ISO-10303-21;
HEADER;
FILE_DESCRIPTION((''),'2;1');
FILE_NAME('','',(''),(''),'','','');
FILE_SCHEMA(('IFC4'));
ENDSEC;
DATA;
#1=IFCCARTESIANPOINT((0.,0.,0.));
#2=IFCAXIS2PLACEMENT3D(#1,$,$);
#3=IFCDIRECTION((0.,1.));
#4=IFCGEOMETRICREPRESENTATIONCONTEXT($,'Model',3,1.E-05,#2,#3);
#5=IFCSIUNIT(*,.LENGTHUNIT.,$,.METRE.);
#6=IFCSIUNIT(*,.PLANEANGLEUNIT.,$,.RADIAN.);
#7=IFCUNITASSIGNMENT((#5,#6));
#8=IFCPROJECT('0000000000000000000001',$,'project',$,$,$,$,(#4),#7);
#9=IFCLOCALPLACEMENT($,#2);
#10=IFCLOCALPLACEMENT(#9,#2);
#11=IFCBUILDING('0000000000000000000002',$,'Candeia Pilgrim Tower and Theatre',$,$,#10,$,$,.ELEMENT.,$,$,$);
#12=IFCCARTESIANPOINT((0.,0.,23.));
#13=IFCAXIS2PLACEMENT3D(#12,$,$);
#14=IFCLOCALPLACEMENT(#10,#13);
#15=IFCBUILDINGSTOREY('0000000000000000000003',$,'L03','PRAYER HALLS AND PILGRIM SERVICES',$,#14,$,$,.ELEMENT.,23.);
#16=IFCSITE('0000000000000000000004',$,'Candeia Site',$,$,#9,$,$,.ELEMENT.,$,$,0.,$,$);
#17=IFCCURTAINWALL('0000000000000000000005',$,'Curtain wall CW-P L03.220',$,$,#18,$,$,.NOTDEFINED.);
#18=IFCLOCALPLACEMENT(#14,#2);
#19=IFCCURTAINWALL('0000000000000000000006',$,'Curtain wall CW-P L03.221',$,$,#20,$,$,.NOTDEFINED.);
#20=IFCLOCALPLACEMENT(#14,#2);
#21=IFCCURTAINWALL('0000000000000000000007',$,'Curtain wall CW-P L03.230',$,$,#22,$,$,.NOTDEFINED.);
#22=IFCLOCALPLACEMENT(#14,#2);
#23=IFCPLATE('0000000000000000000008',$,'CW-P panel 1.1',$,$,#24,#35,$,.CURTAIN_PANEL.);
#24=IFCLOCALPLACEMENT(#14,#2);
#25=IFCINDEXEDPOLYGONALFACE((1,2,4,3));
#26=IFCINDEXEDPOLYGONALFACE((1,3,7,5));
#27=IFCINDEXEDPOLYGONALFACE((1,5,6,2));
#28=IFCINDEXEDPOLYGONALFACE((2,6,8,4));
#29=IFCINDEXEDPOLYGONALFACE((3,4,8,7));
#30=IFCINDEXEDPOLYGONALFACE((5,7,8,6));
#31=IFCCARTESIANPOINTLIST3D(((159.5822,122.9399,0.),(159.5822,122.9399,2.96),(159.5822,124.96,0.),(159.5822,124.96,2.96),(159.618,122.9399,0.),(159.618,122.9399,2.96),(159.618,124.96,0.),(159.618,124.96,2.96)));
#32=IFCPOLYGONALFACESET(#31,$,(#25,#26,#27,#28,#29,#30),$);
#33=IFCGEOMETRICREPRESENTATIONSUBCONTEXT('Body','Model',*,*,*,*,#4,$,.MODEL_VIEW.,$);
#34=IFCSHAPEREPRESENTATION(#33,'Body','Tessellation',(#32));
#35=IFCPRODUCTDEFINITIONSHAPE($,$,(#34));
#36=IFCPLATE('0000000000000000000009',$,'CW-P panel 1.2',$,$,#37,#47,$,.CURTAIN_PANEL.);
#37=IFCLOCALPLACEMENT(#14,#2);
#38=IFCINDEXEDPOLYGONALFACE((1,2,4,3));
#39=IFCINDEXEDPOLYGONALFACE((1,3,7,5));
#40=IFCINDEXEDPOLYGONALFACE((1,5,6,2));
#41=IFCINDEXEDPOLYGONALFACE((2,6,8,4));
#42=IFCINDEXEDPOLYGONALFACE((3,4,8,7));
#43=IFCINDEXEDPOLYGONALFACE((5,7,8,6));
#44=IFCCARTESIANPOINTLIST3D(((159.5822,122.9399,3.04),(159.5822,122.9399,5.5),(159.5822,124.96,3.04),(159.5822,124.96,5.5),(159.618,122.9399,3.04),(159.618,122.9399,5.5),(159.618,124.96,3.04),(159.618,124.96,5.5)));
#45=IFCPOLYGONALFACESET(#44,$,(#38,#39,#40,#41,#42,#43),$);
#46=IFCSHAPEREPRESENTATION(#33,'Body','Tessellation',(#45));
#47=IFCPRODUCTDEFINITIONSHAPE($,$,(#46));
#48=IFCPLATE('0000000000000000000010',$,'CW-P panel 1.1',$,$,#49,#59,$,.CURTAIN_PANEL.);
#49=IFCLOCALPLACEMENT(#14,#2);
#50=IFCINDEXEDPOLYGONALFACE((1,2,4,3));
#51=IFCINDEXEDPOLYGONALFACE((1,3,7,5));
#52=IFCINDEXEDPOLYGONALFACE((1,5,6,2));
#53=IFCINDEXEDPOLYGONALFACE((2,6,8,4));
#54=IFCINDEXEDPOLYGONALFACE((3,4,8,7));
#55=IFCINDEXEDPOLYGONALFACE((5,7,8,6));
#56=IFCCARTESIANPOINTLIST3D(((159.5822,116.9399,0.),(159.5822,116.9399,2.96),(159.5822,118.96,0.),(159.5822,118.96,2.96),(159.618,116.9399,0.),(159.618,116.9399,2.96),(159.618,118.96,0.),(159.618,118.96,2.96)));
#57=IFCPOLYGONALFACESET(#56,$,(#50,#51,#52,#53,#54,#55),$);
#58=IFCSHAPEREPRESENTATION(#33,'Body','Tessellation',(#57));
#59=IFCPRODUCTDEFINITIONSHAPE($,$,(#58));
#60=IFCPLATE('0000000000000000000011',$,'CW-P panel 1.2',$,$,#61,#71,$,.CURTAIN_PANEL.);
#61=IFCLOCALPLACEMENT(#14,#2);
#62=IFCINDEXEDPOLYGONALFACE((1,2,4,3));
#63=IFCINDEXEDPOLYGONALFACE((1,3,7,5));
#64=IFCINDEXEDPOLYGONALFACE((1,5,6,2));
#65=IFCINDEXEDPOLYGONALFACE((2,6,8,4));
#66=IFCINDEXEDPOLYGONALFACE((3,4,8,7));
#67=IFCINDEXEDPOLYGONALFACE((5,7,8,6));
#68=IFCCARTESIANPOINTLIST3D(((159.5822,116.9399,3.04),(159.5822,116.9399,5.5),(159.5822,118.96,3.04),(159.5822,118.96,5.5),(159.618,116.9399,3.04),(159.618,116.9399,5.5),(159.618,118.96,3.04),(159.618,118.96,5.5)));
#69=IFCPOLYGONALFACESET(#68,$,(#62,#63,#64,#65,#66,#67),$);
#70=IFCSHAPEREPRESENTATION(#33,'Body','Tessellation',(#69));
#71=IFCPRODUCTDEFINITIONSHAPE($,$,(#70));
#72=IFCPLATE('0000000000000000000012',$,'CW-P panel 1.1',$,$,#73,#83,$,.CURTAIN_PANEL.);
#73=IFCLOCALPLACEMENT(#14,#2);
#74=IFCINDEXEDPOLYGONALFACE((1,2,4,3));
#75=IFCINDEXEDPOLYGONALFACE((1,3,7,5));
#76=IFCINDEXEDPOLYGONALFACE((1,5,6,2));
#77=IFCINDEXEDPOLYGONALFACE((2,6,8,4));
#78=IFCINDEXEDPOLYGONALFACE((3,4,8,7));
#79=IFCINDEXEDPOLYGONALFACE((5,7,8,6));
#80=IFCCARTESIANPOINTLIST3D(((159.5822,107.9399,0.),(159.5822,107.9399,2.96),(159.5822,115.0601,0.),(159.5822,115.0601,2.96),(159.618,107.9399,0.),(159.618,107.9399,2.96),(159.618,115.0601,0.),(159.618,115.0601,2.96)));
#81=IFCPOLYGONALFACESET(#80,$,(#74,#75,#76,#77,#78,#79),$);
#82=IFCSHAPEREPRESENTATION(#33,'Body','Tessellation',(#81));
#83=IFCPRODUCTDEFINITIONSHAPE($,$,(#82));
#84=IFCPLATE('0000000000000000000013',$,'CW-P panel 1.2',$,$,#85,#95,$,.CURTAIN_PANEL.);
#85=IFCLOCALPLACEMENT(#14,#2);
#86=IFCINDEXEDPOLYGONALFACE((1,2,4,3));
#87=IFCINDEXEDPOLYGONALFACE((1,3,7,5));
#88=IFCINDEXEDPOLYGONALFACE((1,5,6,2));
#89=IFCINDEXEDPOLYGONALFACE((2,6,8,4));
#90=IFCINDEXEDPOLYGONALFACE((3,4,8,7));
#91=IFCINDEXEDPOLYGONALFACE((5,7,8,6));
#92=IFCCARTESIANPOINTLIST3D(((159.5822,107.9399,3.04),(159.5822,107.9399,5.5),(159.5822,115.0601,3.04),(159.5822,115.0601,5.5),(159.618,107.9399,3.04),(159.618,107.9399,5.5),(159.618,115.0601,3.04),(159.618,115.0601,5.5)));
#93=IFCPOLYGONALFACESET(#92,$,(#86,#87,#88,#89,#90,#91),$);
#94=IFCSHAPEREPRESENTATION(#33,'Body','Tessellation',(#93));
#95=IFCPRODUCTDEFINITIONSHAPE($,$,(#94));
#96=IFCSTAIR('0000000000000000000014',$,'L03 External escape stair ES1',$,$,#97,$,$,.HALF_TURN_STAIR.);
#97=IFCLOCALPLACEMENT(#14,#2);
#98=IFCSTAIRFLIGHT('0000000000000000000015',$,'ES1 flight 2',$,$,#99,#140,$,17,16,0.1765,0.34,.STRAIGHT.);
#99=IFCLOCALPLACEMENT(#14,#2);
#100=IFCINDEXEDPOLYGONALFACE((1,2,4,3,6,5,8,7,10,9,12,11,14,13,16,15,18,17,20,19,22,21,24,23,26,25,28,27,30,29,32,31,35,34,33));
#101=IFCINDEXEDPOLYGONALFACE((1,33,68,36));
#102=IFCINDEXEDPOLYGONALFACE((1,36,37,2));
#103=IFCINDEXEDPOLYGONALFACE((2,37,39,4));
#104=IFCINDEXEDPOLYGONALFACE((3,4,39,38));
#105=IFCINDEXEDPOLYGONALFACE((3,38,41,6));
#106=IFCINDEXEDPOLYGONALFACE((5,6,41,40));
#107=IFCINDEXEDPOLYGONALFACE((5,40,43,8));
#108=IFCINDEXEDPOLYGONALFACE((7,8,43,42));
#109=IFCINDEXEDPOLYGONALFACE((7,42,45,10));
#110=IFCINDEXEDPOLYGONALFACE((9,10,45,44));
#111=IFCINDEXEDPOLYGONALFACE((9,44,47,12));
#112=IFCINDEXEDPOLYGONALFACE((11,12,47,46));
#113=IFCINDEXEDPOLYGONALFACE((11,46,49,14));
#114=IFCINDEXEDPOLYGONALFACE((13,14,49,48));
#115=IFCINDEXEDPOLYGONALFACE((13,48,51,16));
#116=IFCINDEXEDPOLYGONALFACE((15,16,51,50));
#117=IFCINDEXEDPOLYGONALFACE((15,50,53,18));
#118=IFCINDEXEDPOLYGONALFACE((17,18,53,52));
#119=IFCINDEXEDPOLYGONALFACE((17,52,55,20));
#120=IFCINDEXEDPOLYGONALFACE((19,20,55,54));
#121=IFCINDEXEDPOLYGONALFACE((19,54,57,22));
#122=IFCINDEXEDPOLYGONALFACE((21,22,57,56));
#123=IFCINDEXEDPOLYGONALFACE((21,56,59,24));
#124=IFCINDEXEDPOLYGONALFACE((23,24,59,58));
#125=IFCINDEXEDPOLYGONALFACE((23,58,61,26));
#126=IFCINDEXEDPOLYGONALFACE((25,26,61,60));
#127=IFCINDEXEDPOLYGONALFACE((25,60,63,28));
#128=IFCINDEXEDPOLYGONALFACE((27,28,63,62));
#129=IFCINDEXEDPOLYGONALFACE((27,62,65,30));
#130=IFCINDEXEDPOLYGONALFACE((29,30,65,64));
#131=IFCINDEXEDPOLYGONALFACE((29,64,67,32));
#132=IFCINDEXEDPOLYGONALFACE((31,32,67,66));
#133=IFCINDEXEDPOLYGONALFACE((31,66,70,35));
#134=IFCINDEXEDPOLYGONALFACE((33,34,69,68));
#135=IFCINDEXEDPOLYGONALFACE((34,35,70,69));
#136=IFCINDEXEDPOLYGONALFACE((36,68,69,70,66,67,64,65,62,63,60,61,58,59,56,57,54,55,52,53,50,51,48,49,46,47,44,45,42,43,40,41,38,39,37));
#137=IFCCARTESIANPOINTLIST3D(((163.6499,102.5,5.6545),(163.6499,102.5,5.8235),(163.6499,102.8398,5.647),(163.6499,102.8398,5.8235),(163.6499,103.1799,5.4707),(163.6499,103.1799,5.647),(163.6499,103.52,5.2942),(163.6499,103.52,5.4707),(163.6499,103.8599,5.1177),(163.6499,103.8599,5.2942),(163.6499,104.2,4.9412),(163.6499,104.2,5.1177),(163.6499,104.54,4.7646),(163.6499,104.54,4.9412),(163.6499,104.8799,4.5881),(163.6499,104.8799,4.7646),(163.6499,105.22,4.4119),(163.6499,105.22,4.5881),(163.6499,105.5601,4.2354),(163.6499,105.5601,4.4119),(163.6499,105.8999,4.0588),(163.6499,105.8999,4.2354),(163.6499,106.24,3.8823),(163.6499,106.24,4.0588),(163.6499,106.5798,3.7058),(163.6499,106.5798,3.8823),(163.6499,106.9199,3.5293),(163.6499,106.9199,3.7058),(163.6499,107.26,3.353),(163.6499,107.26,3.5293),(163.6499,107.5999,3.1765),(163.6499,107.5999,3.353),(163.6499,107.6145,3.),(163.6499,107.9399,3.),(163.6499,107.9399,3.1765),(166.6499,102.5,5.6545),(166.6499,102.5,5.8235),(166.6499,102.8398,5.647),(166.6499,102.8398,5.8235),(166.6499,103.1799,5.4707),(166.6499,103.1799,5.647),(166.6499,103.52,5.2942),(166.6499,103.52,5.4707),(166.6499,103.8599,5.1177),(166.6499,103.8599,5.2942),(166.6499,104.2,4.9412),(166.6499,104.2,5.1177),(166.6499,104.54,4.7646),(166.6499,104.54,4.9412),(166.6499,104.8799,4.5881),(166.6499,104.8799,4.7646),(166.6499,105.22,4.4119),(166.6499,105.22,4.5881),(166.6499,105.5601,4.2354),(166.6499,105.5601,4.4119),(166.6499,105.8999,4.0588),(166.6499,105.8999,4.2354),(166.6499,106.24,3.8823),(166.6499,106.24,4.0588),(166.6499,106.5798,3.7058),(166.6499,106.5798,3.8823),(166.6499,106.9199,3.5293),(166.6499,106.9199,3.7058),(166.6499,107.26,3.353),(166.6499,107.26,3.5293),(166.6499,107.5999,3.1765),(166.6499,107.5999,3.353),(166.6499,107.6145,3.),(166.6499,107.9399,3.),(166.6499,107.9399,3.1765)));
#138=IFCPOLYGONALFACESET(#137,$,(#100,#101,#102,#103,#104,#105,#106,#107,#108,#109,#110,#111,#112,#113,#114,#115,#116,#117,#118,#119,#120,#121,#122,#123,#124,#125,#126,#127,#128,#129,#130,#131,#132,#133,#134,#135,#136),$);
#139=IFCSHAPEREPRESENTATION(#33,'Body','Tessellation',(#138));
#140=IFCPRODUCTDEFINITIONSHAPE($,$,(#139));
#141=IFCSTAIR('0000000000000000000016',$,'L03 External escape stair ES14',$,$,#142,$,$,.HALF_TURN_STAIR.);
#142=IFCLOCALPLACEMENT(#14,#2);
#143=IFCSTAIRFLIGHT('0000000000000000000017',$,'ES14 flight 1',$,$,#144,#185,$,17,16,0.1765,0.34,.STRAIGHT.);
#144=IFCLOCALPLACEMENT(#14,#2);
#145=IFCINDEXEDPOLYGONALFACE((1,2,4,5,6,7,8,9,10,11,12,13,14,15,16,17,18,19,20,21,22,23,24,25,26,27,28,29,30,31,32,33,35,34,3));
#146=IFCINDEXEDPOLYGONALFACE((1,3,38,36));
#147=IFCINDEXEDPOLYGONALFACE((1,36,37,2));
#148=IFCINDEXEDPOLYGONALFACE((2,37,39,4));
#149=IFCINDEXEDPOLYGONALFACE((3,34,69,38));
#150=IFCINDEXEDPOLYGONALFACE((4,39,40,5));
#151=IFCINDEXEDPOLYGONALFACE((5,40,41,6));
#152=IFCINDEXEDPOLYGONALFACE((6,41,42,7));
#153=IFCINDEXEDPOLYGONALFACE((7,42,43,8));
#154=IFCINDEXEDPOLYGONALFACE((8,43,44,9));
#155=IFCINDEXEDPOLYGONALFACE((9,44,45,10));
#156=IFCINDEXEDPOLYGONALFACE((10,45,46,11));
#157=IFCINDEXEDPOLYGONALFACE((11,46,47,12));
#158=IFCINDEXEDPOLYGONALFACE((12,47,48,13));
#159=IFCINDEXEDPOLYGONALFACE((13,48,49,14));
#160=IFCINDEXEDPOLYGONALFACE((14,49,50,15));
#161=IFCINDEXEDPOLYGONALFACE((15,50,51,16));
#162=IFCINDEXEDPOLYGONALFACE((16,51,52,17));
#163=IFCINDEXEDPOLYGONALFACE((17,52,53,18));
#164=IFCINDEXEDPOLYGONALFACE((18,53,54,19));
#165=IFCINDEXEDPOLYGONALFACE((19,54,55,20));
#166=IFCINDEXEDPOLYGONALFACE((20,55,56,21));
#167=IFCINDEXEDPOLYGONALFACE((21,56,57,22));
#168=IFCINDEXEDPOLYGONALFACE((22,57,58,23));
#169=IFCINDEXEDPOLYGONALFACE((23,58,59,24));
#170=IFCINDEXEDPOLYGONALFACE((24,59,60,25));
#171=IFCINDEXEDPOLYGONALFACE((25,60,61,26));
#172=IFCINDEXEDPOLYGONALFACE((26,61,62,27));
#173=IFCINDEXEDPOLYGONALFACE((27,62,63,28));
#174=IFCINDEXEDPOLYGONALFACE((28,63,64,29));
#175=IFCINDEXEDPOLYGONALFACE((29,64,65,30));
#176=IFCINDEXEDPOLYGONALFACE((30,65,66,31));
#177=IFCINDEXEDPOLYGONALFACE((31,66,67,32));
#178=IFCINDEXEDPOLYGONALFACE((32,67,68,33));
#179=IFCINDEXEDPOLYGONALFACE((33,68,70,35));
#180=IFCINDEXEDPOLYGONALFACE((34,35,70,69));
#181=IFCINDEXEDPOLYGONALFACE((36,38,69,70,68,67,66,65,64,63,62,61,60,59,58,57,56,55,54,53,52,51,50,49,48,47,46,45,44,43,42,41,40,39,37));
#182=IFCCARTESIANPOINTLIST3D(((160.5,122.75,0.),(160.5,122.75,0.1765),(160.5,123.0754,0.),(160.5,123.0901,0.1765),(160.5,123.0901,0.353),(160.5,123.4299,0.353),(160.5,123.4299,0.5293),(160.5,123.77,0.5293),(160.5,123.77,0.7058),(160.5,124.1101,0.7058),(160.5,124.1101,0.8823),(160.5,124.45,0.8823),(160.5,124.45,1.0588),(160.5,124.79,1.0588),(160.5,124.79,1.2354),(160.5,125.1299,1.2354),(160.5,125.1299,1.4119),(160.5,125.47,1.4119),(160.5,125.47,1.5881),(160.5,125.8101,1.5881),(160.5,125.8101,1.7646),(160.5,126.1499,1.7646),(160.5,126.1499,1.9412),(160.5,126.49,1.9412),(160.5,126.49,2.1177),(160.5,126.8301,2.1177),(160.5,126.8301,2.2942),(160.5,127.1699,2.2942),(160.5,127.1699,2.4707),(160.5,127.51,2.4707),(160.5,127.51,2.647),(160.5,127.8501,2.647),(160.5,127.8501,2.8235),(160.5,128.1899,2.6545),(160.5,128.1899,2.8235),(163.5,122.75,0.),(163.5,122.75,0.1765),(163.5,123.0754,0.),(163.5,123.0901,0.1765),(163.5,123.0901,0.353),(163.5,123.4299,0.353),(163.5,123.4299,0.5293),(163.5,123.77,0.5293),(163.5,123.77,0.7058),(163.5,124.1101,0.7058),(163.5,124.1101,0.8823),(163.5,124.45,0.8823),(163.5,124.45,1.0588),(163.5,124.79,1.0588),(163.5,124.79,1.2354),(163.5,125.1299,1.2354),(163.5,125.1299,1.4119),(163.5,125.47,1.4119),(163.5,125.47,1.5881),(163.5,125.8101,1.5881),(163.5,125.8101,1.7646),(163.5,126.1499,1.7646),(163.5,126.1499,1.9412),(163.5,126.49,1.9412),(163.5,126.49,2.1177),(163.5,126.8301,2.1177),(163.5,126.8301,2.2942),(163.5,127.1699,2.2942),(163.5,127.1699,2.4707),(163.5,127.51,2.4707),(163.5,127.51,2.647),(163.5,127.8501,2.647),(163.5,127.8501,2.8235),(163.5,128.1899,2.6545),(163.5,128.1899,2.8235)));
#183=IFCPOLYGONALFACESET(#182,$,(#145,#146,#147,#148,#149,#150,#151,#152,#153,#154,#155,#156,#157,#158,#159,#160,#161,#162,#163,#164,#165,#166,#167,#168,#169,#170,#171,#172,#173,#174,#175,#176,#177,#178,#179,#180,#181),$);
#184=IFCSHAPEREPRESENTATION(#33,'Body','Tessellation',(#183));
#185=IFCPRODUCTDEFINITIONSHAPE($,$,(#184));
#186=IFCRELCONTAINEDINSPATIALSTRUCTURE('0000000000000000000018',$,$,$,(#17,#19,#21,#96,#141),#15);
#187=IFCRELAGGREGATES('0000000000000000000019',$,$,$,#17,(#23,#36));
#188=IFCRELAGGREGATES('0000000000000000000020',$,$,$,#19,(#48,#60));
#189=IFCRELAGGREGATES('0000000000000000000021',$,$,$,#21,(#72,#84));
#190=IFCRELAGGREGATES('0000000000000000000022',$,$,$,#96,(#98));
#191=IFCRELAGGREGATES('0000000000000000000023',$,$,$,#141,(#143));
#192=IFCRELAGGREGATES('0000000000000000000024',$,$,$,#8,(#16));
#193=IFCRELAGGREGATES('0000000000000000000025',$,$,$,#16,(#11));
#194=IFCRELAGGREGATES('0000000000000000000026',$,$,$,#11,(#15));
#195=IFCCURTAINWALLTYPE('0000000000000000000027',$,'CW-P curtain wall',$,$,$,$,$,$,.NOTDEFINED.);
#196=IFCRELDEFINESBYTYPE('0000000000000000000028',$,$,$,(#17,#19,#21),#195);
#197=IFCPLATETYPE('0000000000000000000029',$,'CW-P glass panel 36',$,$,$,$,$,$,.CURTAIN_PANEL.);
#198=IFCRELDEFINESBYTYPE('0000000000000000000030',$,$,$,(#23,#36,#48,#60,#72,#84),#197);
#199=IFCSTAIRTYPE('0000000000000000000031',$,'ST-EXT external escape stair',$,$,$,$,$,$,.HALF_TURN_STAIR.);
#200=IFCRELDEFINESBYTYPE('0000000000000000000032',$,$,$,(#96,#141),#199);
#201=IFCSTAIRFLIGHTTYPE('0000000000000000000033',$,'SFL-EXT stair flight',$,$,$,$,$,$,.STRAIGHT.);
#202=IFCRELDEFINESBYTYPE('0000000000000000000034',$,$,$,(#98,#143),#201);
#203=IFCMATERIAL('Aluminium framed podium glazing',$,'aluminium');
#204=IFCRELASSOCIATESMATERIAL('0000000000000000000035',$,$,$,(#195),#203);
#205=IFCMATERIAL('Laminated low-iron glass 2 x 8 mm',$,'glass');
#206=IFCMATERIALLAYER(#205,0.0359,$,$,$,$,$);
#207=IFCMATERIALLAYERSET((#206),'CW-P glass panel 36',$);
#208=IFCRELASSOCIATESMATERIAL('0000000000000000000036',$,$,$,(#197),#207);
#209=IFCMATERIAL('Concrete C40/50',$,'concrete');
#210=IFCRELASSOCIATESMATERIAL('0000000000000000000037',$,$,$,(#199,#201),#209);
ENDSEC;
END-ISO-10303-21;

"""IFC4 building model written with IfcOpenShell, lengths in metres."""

from ifc_helpers import new_model, si_unit, direction, frame, origin, origin_2d, place, context, subcontext, project, spatial, polyline, rectangle, outline, extrude, material, layer, layer_set, type_object, element, aggregate, save


model = new_model("IFC4")

# Units and contexts
model_context = context("Model", 3, precision=1e-05, world=origin(), true_north=direction((0.0, 1.0)))
body_context = subcontext(model_context, "Body", "Model", "MODEL_VIEW")
ifc_project = project(units=[si_unit("LENGTHUNIT", "METRE"), si_unit("PLANEANGLEUNIT", "RADIAN")], contexts=[model_context])

# Site, building, storey
site_placement = place(None, origin())
site = spatial("IfcSite", under=ifc_project, at=site_placement, Name="Candeia Site", CompositionType="ELEMENT", RefElevation=0.0)
building_placement = place(site_placement, origin())
building = spatial("IfcBuilding", under=site, at=building_placement, Name="Candeia Pilgrim Tower and Theatre", CompositionType="ELEMENT")
storey_placement = place(building_placement, frame((0.0, 0.0, 23.0)))
storey = spatial("IfcBuildingStorey", under=building, at=storey_placement, Name="L03", Description="PRAYER HALLS AND PILGRIM SERVICES", CompositionType="ELEMENT", Elevation=23.0)

# Shared definitions
ifc_material_1 = material(Name="Concrete C40/50", Category="concrete")

# Shared definitions
ifc_material_2 = material(Name="Aluminium framed podium glazing", Category="aluminium")
curtain_wall_type = type_object("IfcCurtainWallType", Name="CW-P curtain wall", PredefinedType="NOTDEFINED", material=ifc_material_2)

# Curtain walls
curtain_wall_1_placement = place(storey_placement, origin())
curtain_wall_1 = element("IfcCurtainWall", 1, at=curtain_wall_1_placement, inside=storey, type_object=curtain_wall_type, Name="Curtain wall CW-P L03.220", PredefinedType="NOTDEFINED")
curtain_wall_2_placement = place(storey_placement, origin())
curtain_wall_2 = element("IfcCurtainWall", 2, at=curtain_wall_2_placement, inside=storey, type_object=curtain_wall_type, Name="Curtain wall CW-P L03.221", PredefinedType="NOTDEFINED")
curtain_wall_3_placement = place(storey_placement, origin())
curtain_wall_3 = element("IfcCurtainWall", 3, at=curtain_wall_3_placement, inside=storey, type_object=curtain_wall_type, Name="Curtain wall CW-P L03.230", PredefinedType="NOTDEFINED")

# Plates
ifc_material_3 = material(Name="Laminated low-iron glass 2 x 8 mm", Category="glass")
ifc_layer_1 = layer(ifc_material_3, 0.0359)
ifc_layer_set_1 = layer_set([ifc_layer_1], Name="CW-P glass panel 36")
plate_type = type_object("IfcPlateType", Name="CW-P glass panel 36", PredefinedType="CURTAIN_PANEL", material=ifc_layer_set_1)
plate_1_placement = place(storey_placement, frame((159.6001, 123.95, 0.0), z_axis=(0.0, 0.0, 1.0), x_axis=(0.0, -1.0, 0.0)))
plate_1 = element("IfcPlate", 4, at=plate_1_placement, type_object=plate_type, Name="CW-P panel 1.1", PredefinedType="CURTAIN_PANEL", context=body_context, shape_type="SweptSolid", body=[
    extrude(rectangle(XDim=2.02, YDim=0.0359, at=origin_2d()), origin(), (0.0, 0.0, 1.0), 2.96),
])
plate_2_placement = place(storey_placement, frame((159.6001, 123.95, 3.04), z_axis=(0.0, 0.0, 1.0), x_axis=(0.0, -1.0, 0.0)))
plate_2 = element("IfcPlate", 5, at=plate_2_placement, type_object=plate_type, Name="CW-P panel 1.2", PredefinedType="CURTAIN_PANEL", context=body_context, shape_type="SweptSolid", body=[
    extrude(rectangle(XDim=2.02, YDim=0.0359, at=origin_2d()), origin(), (0.0, 0.0, 1.0), 2.46),
])
aggregate(curtain_wall_1, [plate_1, plate_2])
plate_3_placement = place(storey_placement, frame((159.6001, 117.95, 0.0), z_axis=(0.0, 0.0, 1.0), x_axis=(0.0, -1.0, 0.0)))
plate_3 = element("IfcPlate", 6, at=plate_3_placement, type_object=plate_type, Name="CW-P panel 1.1", PredefinedType="CURTAIN_PANEL", context=body_context, shape_type="SweptSolid", body=[
    extrude(rectangle(XDim=2.02, YDim=0.0359, at=origin_2d()), origin(), (0.0, 0.0, 1.0), 2.96),
])
plate_4_placement = place(storey_placement, frame((159.6001, 117.95, 3.04), z_axis=(0.0, 0.0, 1.0), x_axis=(0.0, -1.0, 0.0)))
plate_4 = element("IfcPlate", 7, at=plate_4_placement, type_object=plate_type, Name="CW-P panel 1.2", PredefinedType="CURTAIN_PANEL", context=body_context, shape_type="SweptSolid", body=[
    extrude(rectangle(XDim=2.02, YDim=0.0359, at=origin_2d()), origin(), (0.0, 0.0, 1.0), 2.46),
])
aggregate(curtain_wall_2, [plate_3, plate_4])
plate_5_placement = place(storey_placement, frame((159.6001, 111.5, 0.0), z_axis=(0.0, 0.0, 1.0), x_axis=(0.0, -1.0, 0.0)))
plate_5 = element("IfcPlate", 8, at=plate_5_placement, type_object=plate_type, Name="CW-P panel 1.1", PredefinedType="CURTAIN_PANEL", context=body_context, shape_type="SweptSolid", body=[
    extrude(rectangle(XDim=7.1201, YDim=0.0359, at=origin_2d()), origin(), (0.0, 0.0, 1.0), 2.96),
])
plate_6_placement = place(storey_placement, frame((159.6001, 111.5, 3.04), z_axis=(0.0, 0.0, 1.0), x_axis=(0.0, -1.0, 0.0)))
plate_6 = element("IfcPlate", 9, at=plate_6_placement, type_object=plate_type, Name="CW-P panel 1.2", PredefinedType="CURTAIN_PANEL", context=body_context, shape_type="SweptSolid", body=[
    extrude(rectangle(XDim=7.1201, YDim=0.0359, at=origin_2d()), origin(), (0.0, 0.0, 1.0), 2.46),
])
aggregate(curtain_wall_3, [plate_5, plate_6])

# Stairs, stair flights
stair_type = type_object("IfcStairType", Name="ST-EXT external escape stair", PredefinedType="HALF_TURN_STAIR", material=ifc_material_1)
stair_1_placement = place(storey_placement, origin())
stair_1 = element("IfcStair", 10, at=stair_1_placement, inside=storey, type_object=stair_type, Name="L03 External escape stair ES1", PredefinedType="HALF_TURN_STAIR")
stair_flight_type = type_object("IfcStairFlightType", Name="SFL-EXT stair flight", PredefinedType="STRAIGHT", material=ifc_material_1)
stair_flight_1_placement = place(storey_placement, frame((165.1499, 107.9399, 3.0), z_axis=(0.0, 0.0, 1.0), x_axis=(0.0, -1.0, 0.0)))
stair_flight_1 = element("IfcStairFlight", 11, at=stair_flight_1_placement, type_object=stair_flight_type, Name="ES1 flight 2", NumberOfRisers=17, NumberOfTreads=16, PredefinedType="STRAIGHT", RiserHeight=0.1765, TreadLength=0.34, context=body_context, shape_type="SweptSolid", body=[
    extrude(outline(polyline([(0.0, 0.0), (0.0, 0.1765), (0.3401, 0.1765), (0.3401, 0.353), (0.6799, 0.353), (0.6799, 0.5293), (1.02, 0.5293), (1.02, 0.7058), (1.3601, 0.7058), (1.3601, 0.8823), (1.7, 0.8823), (1.7, 1.0588), (2.04, 1.0588), (2.04, 1.2354), (2.3799, 1.2354), (2.3799, 1.4119), (2.72, 1.4119), (2.72, 1.5881), (3.0601, 1.5881), (3.0601, 1.7646), (3.3999, 1.7646), (3.3999, 1.9412), (3.74, 1.9412), (3.74, 2.1177), (4.0801, 2.1177), (4.0801, 2.2942), (4.4199, 2.2942), (4.4199, 2.4707), (4.76, 2.4707), (4.76, 2.647), (5.1001, 2.647), (5.1001, 2.8235), (5.4399, 2.8235), (5.4399, 3.0), (5.4399, 2.6545), (0.3254, 0.0), (0.0, 0.0)])), frame((0.0, 1.5, 0.0), z_axis=(0.0, -1.0, 0.0), x_axis=(1.0, 0.0, 0.0)), (0.0, 0.0, 1.0), 3.0),
])
aggregate(stair_1, [stair_flight_1])
stair_2_placement = place(storey_placement, origin())
stair_2 = element("IfcStair", 12, at=stair_2_placement, inside=storey, type_object=stair_type, Name="L03 External escape stair ES14", PredefinedType="HALF_TURN_STAIR")
stair_flight_2_placement = place(storey_placement, frame((162.0, 122.75, 0.0), z_axis=(0.0, 0.0, 1.0), x_axis=(0.0, 1.0, 0.0)))
stair_flight_2 = element("IfcStairFlight", 13, at=stair_flight_2_placement, type_object=stair_flight_type, Name="ES14 flight 1", NumberOfRisers=17, NumberOfTreads=16, PredefinedType="STRAIGHT", RiserHeight=0.1765, TreadLength=0.34, context=body_context, shape_type="SweptSolid", body=[
    extrude(outline(polyline([(0.0, 0.0), (0.0, 0.1765), (0.3401, 0.1765), (0.3401, 0.353), (0.6799, 0.353), (0.6799, 0.5293), (1.02, 0.5293), (1.02, 0.7058), (1.3601, 0.7058), (1.3601, 0.8823), (1.7, 0.8823), (1.7, 1.0588), (2.04, 1.0588), (2.04, 1.2354), (2.3799, 1.2354), (2.3799, 1.4119), (2.72, 1.4119), (2.72, 1.5881), (3.0601, 1.5881), (3.0601, 1.7646), (3.3999, 1.7646), (3.3999, 1.9412), (3.74, 1.9412), (3.74, 2.1177), (4.0801, 2.1177), (4.0801, 2.2942), (4.4199, 2.2942), (4.4199, 2.4707), (4.76, 2.4707), (4.76, 2.647), (5.1001, 2.647), (5.1001, 2.8235), (5.4399, 2.8235), (5.4399, 3.0), (5.4399, 2.6545), (0.3254, 0.0), (0.0, 0.0)])), frame((0.0, 1.5, 0.0), z_axis=(0.0, -1.0, 0.0), x_axis=(1.0, 0.0, 0.0)), (0.0, 0.0, 1.0), 3.0),
])
aggregate(stair_2, [stair_flight_2])

save(model, "model.ifc")
